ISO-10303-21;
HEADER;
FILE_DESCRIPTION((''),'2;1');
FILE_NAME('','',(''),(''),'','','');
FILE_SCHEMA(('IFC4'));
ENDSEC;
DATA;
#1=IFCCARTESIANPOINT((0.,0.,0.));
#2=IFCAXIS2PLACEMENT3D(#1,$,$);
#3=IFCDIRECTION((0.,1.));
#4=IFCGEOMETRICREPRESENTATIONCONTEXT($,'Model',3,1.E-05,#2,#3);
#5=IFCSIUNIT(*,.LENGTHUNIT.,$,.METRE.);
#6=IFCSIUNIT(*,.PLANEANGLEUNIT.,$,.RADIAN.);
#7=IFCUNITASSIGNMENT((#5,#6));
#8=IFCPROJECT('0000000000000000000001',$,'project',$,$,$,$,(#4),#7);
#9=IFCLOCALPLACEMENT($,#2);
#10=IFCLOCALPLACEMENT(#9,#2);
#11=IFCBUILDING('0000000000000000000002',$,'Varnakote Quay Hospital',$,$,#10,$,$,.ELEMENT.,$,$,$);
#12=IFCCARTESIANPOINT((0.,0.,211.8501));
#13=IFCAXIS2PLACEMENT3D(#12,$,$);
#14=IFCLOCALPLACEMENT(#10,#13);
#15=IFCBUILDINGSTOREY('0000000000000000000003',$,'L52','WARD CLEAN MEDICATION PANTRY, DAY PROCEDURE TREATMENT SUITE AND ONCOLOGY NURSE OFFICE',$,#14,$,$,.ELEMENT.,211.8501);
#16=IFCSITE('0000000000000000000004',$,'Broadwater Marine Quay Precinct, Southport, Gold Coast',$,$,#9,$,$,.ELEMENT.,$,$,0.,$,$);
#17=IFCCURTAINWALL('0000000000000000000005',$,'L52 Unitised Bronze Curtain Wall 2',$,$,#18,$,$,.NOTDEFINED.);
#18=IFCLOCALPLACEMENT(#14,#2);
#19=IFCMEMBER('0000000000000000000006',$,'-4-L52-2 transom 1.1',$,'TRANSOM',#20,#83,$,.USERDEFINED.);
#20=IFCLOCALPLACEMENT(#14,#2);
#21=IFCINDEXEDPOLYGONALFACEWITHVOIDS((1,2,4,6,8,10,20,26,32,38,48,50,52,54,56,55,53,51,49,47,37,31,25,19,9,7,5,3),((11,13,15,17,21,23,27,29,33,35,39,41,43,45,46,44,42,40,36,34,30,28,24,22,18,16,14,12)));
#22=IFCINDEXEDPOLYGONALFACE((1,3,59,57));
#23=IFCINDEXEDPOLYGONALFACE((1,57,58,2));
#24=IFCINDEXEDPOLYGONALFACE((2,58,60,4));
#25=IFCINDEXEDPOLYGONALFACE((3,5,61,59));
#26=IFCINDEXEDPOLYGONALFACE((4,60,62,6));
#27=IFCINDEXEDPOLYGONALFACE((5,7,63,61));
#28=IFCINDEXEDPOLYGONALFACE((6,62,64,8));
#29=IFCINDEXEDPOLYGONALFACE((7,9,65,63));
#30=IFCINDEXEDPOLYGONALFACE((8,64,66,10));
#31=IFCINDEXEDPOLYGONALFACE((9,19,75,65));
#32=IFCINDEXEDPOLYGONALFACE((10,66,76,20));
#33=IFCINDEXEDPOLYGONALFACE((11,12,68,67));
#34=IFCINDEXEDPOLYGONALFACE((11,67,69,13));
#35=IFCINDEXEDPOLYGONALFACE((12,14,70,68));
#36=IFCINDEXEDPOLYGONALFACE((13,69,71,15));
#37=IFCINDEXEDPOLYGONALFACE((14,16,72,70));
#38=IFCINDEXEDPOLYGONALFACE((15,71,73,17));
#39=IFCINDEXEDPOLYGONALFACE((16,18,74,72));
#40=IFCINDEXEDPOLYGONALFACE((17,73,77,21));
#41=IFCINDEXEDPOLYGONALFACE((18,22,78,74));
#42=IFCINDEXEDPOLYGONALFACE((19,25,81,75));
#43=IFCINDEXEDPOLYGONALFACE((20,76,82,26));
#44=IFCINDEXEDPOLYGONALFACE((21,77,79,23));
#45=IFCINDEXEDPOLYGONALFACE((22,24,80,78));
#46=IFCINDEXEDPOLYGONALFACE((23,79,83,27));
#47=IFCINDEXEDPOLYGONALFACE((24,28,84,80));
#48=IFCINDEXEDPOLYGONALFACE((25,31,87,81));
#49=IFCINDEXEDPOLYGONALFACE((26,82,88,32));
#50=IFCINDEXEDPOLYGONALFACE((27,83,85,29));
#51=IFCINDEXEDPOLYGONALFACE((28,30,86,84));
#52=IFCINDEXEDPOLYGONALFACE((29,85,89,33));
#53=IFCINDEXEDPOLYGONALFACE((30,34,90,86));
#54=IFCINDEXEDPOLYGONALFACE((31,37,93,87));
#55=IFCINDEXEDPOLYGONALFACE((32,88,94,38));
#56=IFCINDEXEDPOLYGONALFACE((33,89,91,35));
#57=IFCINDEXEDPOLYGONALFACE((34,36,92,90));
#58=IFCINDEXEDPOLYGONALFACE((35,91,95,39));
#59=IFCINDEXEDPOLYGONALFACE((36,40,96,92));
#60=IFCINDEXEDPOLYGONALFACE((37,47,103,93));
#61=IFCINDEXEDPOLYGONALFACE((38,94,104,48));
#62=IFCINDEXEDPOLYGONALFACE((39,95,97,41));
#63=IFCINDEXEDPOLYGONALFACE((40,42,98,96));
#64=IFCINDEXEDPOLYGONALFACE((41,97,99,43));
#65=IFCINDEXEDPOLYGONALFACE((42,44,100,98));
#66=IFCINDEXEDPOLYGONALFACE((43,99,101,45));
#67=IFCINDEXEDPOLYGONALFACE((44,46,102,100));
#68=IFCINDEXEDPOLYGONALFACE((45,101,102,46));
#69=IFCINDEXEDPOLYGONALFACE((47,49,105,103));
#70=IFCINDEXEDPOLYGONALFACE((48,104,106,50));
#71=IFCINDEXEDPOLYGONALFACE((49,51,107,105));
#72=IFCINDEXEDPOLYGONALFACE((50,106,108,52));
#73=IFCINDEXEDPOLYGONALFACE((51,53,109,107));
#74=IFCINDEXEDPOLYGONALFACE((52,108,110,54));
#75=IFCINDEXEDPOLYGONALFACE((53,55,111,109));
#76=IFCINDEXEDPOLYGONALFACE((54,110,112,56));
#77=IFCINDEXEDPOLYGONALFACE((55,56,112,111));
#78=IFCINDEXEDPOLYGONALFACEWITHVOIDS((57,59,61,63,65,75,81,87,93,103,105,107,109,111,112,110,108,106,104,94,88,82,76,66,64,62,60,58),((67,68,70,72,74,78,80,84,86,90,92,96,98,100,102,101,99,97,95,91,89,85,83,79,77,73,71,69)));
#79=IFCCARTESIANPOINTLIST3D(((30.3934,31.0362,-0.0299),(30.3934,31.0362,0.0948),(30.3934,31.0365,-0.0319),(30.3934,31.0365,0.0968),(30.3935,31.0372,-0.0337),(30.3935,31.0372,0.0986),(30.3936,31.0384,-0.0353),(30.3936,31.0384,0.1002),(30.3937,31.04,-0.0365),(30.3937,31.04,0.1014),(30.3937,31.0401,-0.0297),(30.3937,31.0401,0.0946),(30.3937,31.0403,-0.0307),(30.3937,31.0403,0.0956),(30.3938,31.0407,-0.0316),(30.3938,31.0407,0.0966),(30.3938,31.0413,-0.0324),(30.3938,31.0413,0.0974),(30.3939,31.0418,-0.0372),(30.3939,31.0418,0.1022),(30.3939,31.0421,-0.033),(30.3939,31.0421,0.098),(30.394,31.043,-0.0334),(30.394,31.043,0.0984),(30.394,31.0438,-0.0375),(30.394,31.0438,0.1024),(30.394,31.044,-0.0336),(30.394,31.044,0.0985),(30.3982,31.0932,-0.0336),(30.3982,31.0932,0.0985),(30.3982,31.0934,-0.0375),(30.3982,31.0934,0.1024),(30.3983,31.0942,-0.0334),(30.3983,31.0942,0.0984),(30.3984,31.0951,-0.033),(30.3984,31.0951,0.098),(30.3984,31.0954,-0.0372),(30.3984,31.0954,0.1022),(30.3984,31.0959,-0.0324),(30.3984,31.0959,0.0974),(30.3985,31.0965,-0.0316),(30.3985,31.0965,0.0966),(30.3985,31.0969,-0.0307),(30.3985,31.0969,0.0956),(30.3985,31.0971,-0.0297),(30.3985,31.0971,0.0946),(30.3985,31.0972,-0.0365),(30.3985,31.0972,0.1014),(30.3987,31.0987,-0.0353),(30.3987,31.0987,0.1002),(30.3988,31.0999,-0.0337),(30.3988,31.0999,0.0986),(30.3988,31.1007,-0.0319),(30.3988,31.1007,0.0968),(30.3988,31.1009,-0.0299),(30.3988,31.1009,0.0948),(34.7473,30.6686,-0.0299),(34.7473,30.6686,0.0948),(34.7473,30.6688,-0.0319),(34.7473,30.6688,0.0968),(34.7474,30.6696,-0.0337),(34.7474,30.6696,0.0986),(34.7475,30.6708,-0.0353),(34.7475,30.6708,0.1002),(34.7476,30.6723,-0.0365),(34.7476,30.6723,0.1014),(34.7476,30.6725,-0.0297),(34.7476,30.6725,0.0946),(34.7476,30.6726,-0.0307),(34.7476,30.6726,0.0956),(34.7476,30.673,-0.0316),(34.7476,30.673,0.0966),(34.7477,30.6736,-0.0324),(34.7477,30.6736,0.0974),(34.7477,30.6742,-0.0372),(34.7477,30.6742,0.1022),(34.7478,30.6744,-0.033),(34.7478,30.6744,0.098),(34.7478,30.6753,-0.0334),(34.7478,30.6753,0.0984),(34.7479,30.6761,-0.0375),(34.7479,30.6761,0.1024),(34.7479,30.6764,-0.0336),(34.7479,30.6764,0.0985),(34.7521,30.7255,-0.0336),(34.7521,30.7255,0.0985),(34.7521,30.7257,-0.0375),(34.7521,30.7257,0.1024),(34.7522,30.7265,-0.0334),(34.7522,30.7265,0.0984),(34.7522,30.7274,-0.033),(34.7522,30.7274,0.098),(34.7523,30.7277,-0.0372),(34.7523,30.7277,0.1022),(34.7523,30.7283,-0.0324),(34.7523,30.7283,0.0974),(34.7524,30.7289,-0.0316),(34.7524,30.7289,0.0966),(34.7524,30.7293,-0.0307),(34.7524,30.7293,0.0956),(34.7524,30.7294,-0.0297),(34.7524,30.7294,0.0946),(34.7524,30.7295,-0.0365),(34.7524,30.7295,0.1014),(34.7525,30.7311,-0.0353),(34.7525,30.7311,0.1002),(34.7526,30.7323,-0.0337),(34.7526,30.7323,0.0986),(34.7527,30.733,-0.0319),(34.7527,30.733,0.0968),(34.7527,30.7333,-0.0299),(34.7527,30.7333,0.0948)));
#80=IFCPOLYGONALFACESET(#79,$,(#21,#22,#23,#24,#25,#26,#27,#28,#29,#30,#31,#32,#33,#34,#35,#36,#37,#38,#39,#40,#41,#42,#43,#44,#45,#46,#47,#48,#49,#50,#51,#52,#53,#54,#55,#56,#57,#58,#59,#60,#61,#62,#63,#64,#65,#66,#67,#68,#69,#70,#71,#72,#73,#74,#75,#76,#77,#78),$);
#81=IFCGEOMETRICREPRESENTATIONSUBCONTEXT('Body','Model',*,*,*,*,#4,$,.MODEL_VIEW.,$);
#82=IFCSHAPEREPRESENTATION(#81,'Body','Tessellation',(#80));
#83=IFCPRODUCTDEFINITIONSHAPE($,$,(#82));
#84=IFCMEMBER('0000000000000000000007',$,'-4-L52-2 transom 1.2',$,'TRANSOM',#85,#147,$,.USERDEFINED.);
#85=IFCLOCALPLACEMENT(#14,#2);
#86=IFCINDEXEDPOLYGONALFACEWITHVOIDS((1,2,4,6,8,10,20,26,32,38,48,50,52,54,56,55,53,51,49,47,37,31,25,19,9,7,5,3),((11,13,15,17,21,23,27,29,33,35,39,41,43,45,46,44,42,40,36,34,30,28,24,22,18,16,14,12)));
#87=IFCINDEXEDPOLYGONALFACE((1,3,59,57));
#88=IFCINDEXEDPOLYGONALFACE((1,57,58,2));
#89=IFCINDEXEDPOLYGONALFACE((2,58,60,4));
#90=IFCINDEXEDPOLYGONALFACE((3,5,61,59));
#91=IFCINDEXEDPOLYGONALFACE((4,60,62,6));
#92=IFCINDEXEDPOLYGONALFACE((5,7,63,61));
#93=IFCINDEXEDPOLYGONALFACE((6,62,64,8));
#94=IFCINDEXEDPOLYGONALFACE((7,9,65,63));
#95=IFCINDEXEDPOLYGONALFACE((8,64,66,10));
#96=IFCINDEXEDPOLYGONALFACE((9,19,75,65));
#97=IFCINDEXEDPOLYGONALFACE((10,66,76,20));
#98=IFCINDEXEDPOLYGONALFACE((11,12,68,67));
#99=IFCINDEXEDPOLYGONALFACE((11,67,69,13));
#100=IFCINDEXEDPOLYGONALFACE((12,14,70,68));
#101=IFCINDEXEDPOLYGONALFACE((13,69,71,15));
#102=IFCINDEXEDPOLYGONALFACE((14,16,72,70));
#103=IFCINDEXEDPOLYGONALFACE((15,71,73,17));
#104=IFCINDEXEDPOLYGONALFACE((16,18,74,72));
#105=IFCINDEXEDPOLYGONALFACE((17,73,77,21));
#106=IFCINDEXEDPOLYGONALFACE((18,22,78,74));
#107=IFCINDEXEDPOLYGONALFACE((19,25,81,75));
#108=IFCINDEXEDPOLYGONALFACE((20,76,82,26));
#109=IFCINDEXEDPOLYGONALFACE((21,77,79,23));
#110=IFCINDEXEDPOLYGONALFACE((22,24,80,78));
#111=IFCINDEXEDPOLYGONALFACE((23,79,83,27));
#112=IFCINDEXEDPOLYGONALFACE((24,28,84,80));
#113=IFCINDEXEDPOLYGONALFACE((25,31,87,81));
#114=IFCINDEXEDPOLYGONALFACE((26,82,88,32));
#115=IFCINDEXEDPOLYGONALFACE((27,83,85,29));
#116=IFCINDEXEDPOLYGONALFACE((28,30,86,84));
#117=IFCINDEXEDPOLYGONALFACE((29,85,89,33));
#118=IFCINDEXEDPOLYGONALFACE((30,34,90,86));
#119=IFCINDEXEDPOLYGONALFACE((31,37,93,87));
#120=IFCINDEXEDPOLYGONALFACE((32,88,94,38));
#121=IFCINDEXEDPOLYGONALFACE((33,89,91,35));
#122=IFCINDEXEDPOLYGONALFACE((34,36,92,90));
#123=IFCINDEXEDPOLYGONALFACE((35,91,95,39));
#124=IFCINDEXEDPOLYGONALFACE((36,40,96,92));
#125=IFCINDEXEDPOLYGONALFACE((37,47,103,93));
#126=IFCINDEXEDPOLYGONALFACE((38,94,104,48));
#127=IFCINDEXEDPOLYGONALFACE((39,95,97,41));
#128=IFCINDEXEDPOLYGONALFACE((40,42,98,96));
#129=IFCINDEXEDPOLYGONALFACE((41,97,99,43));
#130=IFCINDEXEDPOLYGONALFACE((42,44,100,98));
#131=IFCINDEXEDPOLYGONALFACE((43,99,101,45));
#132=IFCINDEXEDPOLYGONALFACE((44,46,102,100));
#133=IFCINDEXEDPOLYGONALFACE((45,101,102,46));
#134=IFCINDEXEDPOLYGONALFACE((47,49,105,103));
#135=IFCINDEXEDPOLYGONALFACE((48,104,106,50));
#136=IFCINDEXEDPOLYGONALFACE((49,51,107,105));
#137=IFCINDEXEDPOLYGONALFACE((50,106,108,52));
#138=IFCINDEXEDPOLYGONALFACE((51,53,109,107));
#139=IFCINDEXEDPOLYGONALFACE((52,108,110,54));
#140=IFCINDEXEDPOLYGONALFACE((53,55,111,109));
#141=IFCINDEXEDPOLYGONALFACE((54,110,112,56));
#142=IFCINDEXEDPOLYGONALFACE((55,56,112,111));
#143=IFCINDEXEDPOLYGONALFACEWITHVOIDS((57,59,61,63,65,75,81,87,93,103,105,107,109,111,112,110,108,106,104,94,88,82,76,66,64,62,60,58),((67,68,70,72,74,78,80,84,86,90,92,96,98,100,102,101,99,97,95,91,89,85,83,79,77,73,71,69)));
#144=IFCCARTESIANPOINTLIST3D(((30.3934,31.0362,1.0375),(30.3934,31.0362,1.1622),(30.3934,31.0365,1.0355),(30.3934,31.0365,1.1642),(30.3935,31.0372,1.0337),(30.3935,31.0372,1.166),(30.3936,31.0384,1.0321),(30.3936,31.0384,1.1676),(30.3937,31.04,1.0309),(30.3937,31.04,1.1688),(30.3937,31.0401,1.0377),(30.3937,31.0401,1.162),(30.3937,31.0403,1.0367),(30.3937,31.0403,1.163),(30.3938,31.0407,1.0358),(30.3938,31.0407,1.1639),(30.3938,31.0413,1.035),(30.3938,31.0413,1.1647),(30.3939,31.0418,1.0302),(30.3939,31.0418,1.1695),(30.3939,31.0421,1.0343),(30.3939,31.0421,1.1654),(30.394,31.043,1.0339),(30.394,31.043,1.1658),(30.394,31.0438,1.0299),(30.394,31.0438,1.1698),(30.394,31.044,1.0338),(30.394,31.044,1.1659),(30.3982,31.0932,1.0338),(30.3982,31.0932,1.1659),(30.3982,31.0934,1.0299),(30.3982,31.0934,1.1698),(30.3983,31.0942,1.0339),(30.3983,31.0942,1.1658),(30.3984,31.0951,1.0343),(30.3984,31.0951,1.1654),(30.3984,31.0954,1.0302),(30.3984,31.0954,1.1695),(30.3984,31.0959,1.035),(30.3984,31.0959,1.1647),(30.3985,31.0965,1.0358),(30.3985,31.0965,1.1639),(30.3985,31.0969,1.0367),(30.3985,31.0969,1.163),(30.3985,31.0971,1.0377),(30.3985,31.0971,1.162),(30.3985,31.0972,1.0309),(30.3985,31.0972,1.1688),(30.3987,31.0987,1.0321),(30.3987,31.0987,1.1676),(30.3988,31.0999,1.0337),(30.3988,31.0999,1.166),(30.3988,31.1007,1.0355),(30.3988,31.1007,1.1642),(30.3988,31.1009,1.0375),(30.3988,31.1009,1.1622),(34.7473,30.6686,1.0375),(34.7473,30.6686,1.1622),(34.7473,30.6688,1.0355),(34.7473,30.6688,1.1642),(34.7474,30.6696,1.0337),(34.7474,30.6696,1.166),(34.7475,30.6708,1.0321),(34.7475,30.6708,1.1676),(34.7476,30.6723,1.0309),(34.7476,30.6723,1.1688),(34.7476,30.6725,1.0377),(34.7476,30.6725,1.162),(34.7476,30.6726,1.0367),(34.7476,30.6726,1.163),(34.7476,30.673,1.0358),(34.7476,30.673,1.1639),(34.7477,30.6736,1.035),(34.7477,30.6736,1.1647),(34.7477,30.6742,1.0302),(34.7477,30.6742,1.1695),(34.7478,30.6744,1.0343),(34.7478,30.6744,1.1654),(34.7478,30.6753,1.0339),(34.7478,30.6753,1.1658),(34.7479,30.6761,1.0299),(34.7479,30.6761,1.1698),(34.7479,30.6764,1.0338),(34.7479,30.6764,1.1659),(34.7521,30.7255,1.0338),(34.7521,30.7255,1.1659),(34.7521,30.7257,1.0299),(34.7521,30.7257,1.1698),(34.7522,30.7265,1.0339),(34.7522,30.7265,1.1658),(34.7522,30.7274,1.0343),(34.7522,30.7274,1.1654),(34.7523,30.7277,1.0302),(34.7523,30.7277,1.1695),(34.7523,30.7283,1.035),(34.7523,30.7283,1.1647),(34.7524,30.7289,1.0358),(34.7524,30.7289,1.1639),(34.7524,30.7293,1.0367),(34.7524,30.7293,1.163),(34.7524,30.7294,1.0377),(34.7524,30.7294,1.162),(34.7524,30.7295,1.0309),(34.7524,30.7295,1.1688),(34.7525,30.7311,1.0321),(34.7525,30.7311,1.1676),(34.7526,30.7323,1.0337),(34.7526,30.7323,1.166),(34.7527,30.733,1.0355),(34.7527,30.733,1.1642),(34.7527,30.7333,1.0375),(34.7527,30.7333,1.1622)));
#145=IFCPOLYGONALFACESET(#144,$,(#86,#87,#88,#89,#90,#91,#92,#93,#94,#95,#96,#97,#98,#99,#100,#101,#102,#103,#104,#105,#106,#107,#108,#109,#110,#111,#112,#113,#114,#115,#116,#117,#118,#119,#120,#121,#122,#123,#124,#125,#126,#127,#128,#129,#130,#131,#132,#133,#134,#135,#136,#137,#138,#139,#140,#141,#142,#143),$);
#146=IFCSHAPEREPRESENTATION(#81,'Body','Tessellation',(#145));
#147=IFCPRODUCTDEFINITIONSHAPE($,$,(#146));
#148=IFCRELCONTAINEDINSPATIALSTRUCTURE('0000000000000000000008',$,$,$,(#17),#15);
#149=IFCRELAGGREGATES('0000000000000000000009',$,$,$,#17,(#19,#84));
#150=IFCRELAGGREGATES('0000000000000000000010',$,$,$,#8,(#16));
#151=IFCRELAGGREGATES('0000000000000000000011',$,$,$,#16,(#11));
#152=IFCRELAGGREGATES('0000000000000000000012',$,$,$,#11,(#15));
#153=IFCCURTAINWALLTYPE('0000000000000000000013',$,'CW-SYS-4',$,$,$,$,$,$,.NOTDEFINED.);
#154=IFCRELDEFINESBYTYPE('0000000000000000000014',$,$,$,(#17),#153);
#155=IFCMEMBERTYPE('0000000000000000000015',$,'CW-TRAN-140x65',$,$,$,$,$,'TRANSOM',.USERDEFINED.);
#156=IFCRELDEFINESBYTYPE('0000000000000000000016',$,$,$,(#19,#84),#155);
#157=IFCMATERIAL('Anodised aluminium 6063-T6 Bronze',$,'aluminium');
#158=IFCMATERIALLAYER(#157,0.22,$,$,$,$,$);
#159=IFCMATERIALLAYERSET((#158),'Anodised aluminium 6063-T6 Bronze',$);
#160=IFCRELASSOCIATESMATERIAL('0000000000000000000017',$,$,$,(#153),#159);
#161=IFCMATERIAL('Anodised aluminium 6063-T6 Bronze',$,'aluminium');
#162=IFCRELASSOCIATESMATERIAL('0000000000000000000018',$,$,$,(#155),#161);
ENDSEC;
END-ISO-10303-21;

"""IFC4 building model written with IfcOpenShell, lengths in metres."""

from ifc_helpers import new_model, si_unit, direction, frame, origin, origin_2d, place, context, subcontext, project, spatial, hollow_rectangle, extrude, material, layer, layer_set, material_profile, profile_set, type_object, element, aggregate, save


model = new_model("IFC4")

# Units and contexts
model_context = context("Model", 3, precision=1e-05, world=origin(), true_north=direction((0.0, 1.0)))
body_context = subcontext(model_context, "Body", "Model", "MODEL_VIEW")
ifc_project = project(units=[si_unit("LENGTHUNIT", "METRE"), si_unit("PLANEANGLEUNIT", "RADIAN")], contexts=[model_context])

# Site, building, storey
site_placement = place(None, origin())
site = spatial("IfcSite", under=ifc_project, at=site_placement, Name="Broadwater Marine Quay Precinct, Southport, Gold Coast", CompositionType="ELEMENT", RefElevation=0.0)
building_placement = place(site_placement, origin())
building = spatial("IfcBuilding", under=site, at=building_placement, Name="Varnakote Quay Hospital", CompositionType="ELEMENT")
storey_placement = place(building_placement, frame((0.0, 0.0, 211.8501)))
storey = spatial("IfcBuildingStorey", under=building, at=storey_placement, Name="L52", Description="WARD CLEAN MEDICATION PANTRY, DAY PROCEDURE TREATMENT SUITE AND ONCOLOGY NURSE OFFICE", CompositionType="ELEMENT", Elevation=211.8501)

# Curtain wall, members
ifc_material_1 = material(Name="Anodised aluminium 6063-T6 Bronze", Category="aluminium")
ifc_layer_1 = layer(ifc_material_1, 0.22)
ifc_layer_set_1 = layer_set([ifc_layer_1], Name="Anodised aluminium 6063-T6 Bronze")
curtain_wall_type = type_object("IfcCurtainWallType", Name="CW-SYS-4", PredefinedType="NOTDEFINED", material=ifc_layer_set_1)
curtain_wall_placement = place(storey_placement, origin())
curtain_wall = element("IfcCurtainWall", 1, at=curtain_wall_placement, inside=storey, type_object=curtain_wall_type, Name="L52 Unitised Bronze Curtain Wall 2", PredefinedType="NOTDEFINED")
ifc_material_2 = material(Name="Anodised aluminium 6063-T6 Bronze", Category="aluminium")
ifc_material_profile_1 = material_profile(ifc_material_2, hollow_rectangle(XDim=0.0649, YDim=0.1399, WallThickness=0.0039, InnerFilletRadius=0.0039, OuterFilletRadius=0.0076, at=origin_2d()), Name="CW-TRAN-140x65")
ifc_profile_set_1 = profile_set([ifc_material_profile_1], Name="Anodised aluminium 6063-T6 Bronze")
member_type_1 = type_object("IfcMemberType", Name="CW-TRAN-140x65", ElementType="TRANSOM", PredefinedType="USERDEFINED", material=ifc_profile_set_1)
member_1_placement = place(storey_placement, frame((34.75, 30.7009, 0.0325), z_axis=(-0.996453, 0.084146, 0.0), x_axis=(-0.084146, -0.996453, 0.0)))
member_1 = element("IfcMember", 2, at=member_1_placement, type_object=member_type_1, Name="-4-L52-2 transom 1.1", ObjectType="TRANSOM", PredefinedType="USERDEFINED", context=body_context, shape_type="SweptSolid", body=[
    extrude(hollow_rectangle(XDim=0.0649, YDim=0.1399, WallThickness=0.0039, InnerFilletRadius=0.0039, OuterFilletRadius=0.0076, at=origin_2d()), origin(), (0.0, 0.0, 1.0), 4.3694),
])
member_2_placement = place(storey_placement, frame((34.75, 30.7009, 1.0999), z_axis=(-0.996453, 0.084146, 0.0), x_axis=(-0.084146, -0.996453, 0.0)))
member_2 = element("IfcMember", 3, at=member_2_placement, type_object=member_type_1, Name="-4-L52-2 transom 1.2", ObjectType="TRANSOM", PredefinedType="USERDEFINED", context=body_context, shape_type="SweptSolid", body=[
    extrude(hollow_rectangle(XDim=0.0649, YDim=0.1399, WallThickness=0.0039, InnerFilletRadius=0.0039, OuterFilletRadius=0.0076, at=origin_2d()), origin(), (0.0, 0.0, 1.0), 4.3694),
])

aggregate(curtain_wall, [member_1, member_2])

save(model, "model.ifc")
